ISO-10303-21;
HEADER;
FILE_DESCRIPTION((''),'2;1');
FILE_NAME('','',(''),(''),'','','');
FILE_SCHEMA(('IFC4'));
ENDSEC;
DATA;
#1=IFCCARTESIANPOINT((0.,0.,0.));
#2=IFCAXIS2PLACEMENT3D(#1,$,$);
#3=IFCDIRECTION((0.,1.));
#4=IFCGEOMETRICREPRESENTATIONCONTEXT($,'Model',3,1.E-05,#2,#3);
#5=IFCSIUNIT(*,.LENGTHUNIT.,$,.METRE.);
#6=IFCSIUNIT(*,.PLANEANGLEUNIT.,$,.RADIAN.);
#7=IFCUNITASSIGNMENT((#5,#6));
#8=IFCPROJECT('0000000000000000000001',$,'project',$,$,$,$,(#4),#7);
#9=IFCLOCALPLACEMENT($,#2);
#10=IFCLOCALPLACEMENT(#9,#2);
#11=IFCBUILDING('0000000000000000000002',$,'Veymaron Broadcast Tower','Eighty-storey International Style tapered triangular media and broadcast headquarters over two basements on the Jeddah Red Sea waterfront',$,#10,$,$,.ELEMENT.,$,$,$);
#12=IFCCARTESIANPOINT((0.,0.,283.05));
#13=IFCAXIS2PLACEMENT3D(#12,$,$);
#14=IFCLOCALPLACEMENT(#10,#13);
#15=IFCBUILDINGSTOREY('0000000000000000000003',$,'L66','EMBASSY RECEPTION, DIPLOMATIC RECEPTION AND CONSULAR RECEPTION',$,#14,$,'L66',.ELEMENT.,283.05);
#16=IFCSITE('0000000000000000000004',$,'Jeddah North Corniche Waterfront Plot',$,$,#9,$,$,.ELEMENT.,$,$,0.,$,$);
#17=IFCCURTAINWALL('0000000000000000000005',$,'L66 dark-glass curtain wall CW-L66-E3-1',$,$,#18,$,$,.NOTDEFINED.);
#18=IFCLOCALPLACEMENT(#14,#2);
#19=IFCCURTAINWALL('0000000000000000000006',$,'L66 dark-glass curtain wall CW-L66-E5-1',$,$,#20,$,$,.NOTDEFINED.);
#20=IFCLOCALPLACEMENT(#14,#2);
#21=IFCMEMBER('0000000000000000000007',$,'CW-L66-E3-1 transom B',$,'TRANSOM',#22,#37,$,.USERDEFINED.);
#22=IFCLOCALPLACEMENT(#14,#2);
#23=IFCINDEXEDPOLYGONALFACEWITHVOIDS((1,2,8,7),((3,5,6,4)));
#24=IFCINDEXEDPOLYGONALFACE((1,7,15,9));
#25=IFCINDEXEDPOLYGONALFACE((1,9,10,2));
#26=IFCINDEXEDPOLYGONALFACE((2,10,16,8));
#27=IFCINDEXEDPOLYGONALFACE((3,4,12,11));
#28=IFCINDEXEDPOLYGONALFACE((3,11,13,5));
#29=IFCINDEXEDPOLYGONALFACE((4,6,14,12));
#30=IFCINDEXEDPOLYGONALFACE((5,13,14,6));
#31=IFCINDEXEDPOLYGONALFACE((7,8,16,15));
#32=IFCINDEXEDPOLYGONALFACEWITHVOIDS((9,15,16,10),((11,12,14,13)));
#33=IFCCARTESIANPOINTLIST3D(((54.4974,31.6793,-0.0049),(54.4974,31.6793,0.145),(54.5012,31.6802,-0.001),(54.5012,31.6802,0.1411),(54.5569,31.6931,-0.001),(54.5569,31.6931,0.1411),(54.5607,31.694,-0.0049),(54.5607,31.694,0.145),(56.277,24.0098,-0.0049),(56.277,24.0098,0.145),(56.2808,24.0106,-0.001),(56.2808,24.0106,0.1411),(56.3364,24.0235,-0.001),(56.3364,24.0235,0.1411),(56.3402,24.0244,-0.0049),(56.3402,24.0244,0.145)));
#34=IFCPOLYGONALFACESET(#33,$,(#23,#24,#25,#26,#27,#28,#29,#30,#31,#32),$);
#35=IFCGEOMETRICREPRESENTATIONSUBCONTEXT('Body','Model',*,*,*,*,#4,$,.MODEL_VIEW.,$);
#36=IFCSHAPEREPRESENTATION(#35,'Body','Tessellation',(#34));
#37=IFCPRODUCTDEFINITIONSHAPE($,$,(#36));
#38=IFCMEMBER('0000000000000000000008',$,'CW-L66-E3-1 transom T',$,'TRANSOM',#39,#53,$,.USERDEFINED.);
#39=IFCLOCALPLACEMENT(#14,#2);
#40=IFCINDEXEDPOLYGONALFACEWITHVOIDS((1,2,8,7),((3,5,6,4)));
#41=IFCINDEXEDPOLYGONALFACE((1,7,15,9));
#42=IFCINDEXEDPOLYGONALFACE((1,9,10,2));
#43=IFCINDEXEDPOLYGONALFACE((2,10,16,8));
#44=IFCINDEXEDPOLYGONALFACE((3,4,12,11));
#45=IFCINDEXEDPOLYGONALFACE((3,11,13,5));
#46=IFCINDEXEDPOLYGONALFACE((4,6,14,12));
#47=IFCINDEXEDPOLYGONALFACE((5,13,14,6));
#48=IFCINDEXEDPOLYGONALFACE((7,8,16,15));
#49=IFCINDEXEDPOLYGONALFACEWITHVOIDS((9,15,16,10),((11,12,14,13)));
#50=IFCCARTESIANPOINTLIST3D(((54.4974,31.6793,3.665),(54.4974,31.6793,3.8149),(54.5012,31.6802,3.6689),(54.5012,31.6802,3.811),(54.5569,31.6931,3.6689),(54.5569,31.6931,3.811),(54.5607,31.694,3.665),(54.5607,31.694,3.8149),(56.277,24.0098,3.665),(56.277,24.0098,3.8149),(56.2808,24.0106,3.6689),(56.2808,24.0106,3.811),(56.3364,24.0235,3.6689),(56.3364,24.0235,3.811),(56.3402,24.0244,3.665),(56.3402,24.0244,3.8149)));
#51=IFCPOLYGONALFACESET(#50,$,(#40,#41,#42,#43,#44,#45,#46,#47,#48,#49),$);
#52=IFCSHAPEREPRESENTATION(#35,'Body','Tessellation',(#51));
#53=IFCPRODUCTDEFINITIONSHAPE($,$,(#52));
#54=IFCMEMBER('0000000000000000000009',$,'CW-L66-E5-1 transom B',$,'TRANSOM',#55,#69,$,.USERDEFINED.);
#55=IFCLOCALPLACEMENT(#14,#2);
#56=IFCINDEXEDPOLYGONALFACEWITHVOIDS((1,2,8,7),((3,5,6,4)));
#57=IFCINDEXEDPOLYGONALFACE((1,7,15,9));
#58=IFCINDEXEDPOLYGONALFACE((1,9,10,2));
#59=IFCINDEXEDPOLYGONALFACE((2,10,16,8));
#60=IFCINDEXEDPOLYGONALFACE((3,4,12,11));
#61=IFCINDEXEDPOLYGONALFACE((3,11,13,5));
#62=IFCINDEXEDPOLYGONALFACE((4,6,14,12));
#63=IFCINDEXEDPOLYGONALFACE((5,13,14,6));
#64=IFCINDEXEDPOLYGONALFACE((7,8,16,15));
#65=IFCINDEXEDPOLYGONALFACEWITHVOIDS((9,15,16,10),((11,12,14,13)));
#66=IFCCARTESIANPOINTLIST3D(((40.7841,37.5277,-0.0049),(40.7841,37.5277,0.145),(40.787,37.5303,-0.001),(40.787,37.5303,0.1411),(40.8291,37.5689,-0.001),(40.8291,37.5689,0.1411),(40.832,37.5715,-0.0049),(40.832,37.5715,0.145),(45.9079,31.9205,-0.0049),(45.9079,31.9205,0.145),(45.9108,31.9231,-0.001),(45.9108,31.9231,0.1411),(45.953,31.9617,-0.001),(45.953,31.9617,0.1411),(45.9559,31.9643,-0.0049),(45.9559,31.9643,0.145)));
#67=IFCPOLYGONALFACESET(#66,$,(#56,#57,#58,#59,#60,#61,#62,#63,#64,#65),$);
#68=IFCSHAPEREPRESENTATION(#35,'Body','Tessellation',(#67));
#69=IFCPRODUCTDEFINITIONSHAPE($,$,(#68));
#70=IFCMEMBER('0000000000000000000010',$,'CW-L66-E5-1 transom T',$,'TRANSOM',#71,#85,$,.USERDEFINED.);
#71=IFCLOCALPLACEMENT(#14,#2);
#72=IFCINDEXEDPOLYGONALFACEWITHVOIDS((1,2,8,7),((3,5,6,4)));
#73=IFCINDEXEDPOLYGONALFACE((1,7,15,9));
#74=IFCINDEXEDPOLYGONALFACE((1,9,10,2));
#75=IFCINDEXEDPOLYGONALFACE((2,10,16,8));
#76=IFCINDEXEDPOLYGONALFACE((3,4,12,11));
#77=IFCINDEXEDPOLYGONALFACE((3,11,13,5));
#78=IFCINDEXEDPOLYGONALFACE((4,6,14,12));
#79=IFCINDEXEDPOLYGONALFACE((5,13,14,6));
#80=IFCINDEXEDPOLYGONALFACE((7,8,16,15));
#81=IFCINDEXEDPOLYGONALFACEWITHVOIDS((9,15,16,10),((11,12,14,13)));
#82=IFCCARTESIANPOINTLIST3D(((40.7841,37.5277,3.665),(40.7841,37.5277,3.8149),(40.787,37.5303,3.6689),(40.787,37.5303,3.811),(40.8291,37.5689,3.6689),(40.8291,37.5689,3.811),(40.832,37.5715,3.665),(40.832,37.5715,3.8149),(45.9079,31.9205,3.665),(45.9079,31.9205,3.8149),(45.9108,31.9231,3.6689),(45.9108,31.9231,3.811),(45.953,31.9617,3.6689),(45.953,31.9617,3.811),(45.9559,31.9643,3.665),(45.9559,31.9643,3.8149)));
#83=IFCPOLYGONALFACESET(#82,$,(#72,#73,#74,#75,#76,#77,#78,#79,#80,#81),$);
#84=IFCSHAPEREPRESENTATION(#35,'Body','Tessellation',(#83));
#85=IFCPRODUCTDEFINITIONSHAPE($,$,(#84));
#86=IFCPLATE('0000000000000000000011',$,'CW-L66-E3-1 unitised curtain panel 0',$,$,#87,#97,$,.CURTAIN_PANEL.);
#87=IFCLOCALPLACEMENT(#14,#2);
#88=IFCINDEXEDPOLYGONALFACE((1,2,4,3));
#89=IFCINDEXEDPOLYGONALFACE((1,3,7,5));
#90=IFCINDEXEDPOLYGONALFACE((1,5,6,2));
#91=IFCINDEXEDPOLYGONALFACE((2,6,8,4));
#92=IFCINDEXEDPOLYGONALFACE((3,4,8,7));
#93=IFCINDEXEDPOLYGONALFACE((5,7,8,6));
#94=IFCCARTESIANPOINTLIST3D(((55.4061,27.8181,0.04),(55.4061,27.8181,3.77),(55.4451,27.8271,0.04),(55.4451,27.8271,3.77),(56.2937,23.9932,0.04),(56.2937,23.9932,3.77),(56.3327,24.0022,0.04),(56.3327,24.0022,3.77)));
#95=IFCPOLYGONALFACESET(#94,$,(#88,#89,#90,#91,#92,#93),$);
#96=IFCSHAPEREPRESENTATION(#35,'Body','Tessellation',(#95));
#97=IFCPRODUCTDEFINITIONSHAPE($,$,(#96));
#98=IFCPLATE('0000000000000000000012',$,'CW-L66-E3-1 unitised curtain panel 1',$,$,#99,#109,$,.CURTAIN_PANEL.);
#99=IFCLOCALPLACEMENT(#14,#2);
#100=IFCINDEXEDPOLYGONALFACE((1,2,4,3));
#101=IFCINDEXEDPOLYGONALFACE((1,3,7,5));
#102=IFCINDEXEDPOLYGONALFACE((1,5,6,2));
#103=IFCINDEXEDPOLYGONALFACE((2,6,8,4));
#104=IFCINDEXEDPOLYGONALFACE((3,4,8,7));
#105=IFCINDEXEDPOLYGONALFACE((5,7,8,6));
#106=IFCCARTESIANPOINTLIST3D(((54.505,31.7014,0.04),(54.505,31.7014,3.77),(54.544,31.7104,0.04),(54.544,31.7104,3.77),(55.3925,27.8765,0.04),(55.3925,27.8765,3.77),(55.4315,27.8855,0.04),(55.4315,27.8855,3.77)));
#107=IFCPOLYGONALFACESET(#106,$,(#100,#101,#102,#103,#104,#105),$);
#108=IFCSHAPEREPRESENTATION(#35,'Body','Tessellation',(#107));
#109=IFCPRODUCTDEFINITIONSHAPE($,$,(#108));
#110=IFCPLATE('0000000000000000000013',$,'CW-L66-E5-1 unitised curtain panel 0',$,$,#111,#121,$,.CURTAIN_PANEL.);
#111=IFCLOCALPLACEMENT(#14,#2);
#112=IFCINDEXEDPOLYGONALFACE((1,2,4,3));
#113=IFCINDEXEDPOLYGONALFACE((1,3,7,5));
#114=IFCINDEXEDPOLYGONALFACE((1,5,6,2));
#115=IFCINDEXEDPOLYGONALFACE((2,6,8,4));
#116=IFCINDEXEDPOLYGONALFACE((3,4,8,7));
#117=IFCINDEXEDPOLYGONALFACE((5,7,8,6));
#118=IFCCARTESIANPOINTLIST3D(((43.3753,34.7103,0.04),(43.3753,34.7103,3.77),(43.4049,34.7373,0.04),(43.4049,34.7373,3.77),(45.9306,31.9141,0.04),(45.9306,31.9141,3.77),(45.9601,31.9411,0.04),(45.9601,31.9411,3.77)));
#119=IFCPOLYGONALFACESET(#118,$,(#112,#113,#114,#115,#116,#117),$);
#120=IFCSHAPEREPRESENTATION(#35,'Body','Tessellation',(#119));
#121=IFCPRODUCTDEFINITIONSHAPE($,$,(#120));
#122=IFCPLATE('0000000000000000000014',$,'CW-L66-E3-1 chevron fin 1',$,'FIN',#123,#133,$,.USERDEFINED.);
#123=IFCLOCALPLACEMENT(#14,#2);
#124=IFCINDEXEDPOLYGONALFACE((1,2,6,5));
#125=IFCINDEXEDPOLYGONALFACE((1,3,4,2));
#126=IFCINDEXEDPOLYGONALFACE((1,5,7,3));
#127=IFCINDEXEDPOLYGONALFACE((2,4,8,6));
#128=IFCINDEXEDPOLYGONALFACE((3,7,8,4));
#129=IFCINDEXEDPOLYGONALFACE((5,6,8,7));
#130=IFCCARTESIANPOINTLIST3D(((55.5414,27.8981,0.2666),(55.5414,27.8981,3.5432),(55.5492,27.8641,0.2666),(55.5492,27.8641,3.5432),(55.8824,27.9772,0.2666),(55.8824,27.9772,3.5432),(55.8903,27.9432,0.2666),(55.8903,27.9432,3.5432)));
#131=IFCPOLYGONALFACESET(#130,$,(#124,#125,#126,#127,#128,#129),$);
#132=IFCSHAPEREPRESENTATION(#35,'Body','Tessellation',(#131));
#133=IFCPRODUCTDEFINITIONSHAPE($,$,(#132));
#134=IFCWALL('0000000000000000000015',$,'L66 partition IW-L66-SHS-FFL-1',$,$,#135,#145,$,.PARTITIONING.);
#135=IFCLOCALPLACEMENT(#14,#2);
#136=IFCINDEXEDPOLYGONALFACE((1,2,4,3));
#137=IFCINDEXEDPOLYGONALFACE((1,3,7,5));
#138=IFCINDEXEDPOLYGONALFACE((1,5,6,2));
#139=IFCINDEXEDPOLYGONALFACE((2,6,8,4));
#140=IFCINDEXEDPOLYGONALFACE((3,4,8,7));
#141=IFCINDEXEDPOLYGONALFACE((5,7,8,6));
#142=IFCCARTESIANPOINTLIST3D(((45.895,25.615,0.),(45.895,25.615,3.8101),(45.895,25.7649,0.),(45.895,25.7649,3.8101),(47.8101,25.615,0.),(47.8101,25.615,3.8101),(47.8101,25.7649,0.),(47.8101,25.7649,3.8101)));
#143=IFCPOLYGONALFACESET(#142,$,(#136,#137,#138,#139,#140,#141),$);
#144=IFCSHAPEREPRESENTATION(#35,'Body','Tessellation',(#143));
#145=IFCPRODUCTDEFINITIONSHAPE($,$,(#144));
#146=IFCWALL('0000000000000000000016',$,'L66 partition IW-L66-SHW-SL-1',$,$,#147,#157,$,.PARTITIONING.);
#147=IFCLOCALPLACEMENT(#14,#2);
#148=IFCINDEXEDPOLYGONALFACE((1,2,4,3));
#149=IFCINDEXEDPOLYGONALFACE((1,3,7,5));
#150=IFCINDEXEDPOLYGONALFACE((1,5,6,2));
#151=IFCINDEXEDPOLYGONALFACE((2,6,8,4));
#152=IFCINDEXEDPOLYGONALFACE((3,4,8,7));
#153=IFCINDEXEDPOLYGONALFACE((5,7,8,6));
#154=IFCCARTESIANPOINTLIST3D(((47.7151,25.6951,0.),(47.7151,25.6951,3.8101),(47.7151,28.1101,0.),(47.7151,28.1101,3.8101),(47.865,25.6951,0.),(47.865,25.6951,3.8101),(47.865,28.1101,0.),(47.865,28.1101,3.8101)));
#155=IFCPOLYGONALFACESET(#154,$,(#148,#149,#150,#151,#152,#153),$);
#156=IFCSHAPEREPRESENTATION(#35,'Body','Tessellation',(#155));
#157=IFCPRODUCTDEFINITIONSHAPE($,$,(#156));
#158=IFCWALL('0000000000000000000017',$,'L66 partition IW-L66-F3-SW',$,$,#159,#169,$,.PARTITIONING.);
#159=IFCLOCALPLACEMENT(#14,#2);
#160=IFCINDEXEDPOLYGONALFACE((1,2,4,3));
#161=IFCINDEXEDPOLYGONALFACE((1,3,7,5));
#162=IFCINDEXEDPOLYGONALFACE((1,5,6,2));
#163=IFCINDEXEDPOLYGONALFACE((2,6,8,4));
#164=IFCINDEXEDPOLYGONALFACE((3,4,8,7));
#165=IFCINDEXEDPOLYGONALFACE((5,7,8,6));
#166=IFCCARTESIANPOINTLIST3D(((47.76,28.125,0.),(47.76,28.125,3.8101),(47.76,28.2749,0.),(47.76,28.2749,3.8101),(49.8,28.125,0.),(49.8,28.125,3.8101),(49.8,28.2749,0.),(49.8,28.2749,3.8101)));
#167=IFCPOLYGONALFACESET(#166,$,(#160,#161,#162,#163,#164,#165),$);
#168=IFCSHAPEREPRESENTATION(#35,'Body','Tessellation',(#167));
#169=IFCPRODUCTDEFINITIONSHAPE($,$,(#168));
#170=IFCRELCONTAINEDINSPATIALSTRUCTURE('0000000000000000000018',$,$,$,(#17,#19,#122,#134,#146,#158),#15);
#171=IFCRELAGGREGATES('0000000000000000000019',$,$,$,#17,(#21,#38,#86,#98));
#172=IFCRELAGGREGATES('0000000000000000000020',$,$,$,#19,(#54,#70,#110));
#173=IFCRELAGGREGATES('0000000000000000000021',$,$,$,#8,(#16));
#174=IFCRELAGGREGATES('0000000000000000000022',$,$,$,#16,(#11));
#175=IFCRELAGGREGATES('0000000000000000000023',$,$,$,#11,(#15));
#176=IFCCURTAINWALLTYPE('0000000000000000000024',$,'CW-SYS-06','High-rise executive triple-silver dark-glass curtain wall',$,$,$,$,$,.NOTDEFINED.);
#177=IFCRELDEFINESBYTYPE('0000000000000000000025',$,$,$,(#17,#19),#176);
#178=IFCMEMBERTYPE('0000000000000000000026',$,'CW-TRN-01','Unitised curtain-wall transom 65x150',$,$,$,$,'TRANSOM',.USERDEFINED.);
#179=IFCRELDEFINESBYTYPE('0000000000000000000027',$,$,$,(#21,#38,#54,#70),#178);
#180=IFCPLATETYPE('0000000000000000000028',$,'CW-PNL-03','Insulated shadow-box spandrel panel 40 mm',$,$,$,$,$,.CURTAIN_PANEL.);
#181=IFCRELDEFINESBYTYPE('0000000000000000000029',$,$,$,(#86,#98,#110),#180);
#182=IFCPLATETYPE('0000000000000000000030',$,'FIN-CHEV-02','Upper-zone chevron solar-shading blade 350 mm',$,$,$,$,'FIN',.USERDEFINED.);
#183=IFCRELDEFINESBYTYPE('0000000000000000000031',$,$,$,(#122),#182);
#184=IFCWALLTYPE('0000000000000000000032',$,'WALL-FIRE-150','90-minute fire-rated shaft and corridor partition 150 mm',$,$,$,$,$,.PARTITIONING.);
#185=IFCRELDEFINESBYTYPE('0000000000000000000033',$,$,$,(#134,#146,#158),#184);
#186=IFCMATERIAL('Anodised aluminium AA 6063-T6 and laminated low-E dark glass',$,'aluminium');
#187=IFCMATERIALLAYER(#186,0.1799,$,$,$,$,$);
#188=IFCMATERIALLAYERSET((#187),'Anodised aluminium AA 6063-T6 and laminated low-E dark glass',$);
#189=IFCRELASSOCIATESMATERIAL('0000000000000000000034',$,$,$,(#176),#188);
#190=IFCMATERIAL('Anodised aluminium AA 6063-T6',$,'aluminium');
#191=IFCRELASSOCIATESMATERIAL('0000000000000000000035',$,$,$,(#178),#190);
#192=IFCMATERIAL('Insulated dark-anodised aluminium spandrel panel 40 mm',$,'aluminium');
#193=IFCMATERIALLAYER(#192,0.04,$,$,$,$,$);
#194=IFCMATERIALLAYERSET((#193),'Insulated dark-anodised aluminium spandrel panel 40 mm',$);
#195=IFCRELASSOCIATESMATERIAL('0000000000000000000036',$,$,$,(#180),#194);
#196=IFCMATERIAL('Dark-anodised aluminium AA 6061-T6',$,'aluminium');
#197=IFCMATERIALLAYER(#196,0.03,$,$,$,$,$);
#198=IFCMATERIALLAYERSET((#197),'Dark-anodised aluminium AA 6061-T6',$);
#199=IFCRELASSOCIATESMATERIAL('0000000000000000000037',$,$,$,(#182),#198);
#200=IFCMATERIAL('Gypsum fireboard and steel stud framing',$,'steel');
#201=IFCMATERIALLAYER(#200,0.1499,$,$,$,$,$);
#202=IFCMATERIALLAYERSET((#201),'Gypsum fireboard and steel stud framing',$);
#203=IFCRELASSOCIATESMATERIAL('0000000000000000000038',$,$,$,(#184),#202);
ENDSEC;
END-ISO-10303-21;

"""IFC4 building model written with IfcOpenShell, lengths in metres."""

from ifc_helpers import new_model, si_unit, direction, frame, frame_2d, origin, origin_2d, place, context, subcontext, project, spatial, rectangle, hollow_rectangle, extrude, material, layer, layer_set, material_profile, profile_set, type_object, element, aggregate, save


model = new_model("IFC4")

# Units and contexts
model_context = context("Model", 3, precision=1e-05, world=origin(), true_north=direction((0.0, 1.0)))
body_context = subcontext(model_context, "Body", "Model", "MODEL_VIEW")
ifc_project = project(units=[si_unit("LENGTHUNIT", "METRE"), si_unit("PLANEANGLEUNIT", "RADIAN")], contexts=[model_context])

# Site, building, storey
site_placement = place(None, origin())
site = spatial("IfcSite", under=ifc_project, at=site_placement, Name="Jeddah North Corniche Waterfront Plot", CompositionType="ELEMENT", RefElevation=0.0)
building_placement = place(site_placement, origin())
building = spatial("IfcBuilding", under=site, at=building_placement, Name="Veymaron Broadcast Tower", Description="Eighty-storey International Style tapered triangular media and broadcast headquarters over two basements on the Jeddah Red Sea waterfront", CompositionType="ELEMENT")
storey_placement = place(building_placement, frame((0.0, 0.0, 283.05)))
storey = spatial("IfcBuildingStorey", under=building, at=storey_placement, Name="L66", Description="EMBASSY RECEPTION, DIPLOMATIC RECEPTION AND CONSULAR RECEPTION", LongName="L66", CompositionType="ELEMENT", Elevation=283.05)

# Shared definitions
ifc_material_1 = material(Name="Anodised aluminium AA 6063-T6 and laminated low-E dark glass", Category="aluminium")
ifc_layer_1 = layer(ifc_material_1, 0.1799)
ifc_layer_set_1 = layer_set([ifc_layer_1], Name="Anodised aluminium AA 6063-T6 and laminated low-E dark glass")
curtain_wall_type = type_object("IfcCurtainWallType", Name="CW-SYS-06", Description="High-rise executive triple-silver dark-glass curtain wall", PredefinedType="NOTDEFINED", material=ifc_layer_set_1)
ifc_material_2 = material(Name="Anodised aluminium AA 6063-T6", Category="aluminium")

# Curtain wall
curtain_wall_1_placement = place(storey_placement, origin())
curtain_wall_1 = element("IfcCurtainWall", 1, at=curtain_wall_1_placement, inside=storey, type_object=curtain_wall_type, Name="L66 dark-glass curtain wall CW-L66-E3-1", PredefinedType="NOTDEFINED")

# Curtain wall
curtain_wall_2_placement = place(storey_placement, origin())
curtain_wall_2 = element("IfcCurtainWall", 2, at=curtain_wall_2_placement, inside=storey, type_object=curtain_wall_type, Name="L66 dark-glass curtain wall CW-L66-E5-1", PredefinedType="NOTDEFINED")

# Members
ifc_material_profile_1 = material_profile(ifc_material_2, hollow_rectangle(XDim=0.0649, YDim=0.1499, WallThickness=0.0039, at=origin_2d()), Name="AL150X65X4")
ifc_profile_set_1 = profile_set([ifc_material_profile_1], Name="Anodised aluminium AA 6063-T6")
member_type_1 = type_object("IfcMemberType", Name="CW-TRN-01", Description="Unitised curtain-wall transom 65x150", ElementType="TRANSOM", PredefinedType="USERDEFINED", material=ifc_profile_set_1)
member_1_placement = place(storey_placement, frame((56.3086, 24.0171, 0.0701), z_axis=(-0.226026, 0.974121, 0.0), x_axis=(-0.974121, -0.226026, 0.0)))
member_1 = element("IfcMember", 3, at=member_1_placement, type_object=member_type_1, Name="CW-L66-E3-1 transom B", ObjectType="TRANSOM", PredefinedType="USERDEFINED", context=body_context, shape_type="SweptSolid", body=[
    extrude(hollow_rectangle(XDim=0.0649, YDim=0.1499, WallThickness=0.0039, at=origin_2d()), origin(), (0.0, 0.0, 1.0), 7.8733),
])
member_2_placement = place(storey_placement, frame((56.3086, 24.0171, 3.74), z_axis=(-0.226026, 0.974121, 0.0), x_axis=(-0.974121, -0.226026, 0.0)))
member_2 = element("IfcMember", 4, at=member_2_placement, type_object=member_type_1, Name="CW-L66-E3-1 transom T", ObjectType="TRANSOM", PredefinedType="USERDEFINED", context=body_context, shape_type="SweptSolid", body=[
    extrude(hollow_rectangle(XDim=0.0649, YDim=0.1499, WallThickness=0.0039, at=origin_2d()), origin(), (0.0, 0.0, 1.0), 7.8733),
])
member_3_placement = place(storey_placement, frame((45.9319, 31.9424, 0.0701), z_axis=(-0.67457, 0.738211, 0.0), x_axis=(-0.738211, -0.67457, 0.0)))
member_3 = element("IfcMember", 5, at=member_3_placement, type_object=member_type_1, Name="CW-L66-E5-1 transom B", ObjectType="TRANSOM", PredefinedType="USERDEFINED", context=body_context, shape_type="SweptSolid", body=[
    extrude(hollow_rectangle(XDim=0.0649, YDim=0.1499, WallThickness=0.0039, at=origin_2d()), origin(), (0.0, 0.0, 1.0), 7.5957),
])
member_4_placement = place(storey_placement, frame((45.9319, 31.9424, 3.74), z_axis=(-0.67457, 0.738211, 0.0), x_axis=(-0.738211, -0.67457, 0.0)))
member_4 = element("IfcMember", 6, at=member_4_placement, type_object=member_type_1, Name="CW-L66-E5-1 transom T", ObjectType="TRANSOM", PredefinedType="USERDEFINED", context=body_context, shape_type="SweptSolid", body=[
    extrude(hollow_rectangle(XDim=0.0649, YDim=0.1499, WallThickness=0.0039, at=origin_2d()), origin(), (0.0, 0.0, 1.0), 7.5957),
])

# Plates
ifc_material_3 = material(Name="Insulated dark-anodised aluminium spandrel panel 40 mm", Category="aluminium")
ifc_layer_2 = layer(ifc_material_3, 0.04)
ifc_layer_set_2 = layer_set([ifc_layer_2], Name="Insulated dark-anodised aluminium spandrel panel 40 mm")
plate_type_1 = type_object("IfcPlateType", Name="CW-PNL-03", Description="Insulated shadow-box spandrel panel 40 mm", PredefinedType="CURTAIN_PANEL", material=ifc_layer_set_2)
plate_1_placement = place(storey_placement, frame((55.8694, 25.9102, 0.04), z_axis=(0.0, 0.0, 1.0), x_axis=(-0.226039, 0.974118, 0.0)))
plate_1 = element("IfcPlate", 7, at=plate_1_placement, type_object=plate_type_1, Name="CW-L66-E3-1 unitised curtain panel 0", PredefinedType="CURTAIN_PANEL", context=body_context, shape_type="SweptSolid", body=[
    extrude(rectangle(XDim=3.9265, YDim=0.04, at=origin_2d()), origin(), (0.0, 0.0, 1.0), 3.73),
])
plate_2_placement = place(storey_placement, frame((54.9683, 29.7935, 0.04), z_axis=(0.0, 0.0, 1.0), x_axis=(-0.226039, 0.974118, 0.0)))
plate_2 = element("IfcPlate", 8, at=plate_2_placement, type_object=plate_type_1, Name="CW-L66-E3-1 unitised curtain panel 1", PredefinedType="CURTAIN_PANEL", context=body_context, shape_type="SweptSolid", body=[
    extrude(rectangle(XDim=3.9265, YDim=0.04, at=origin_2d()), origin(), (0.0, 0.0, 1.0), 3.73),
])
aggregate(curtain_wall_1, [member_1, member_2, plate_1, plate_2])
plate_3_placement = place(storey_placement, frame((44.6677, 33.3257, 0.04), z_axis=(0.0, 0.0, 1.0), x_axis=(-0.674586, 0.738196, 0.0)))
plate_3 = element("IfcPlate", 9, at=plate_3_placement, type_object=plate_type_1, Name="CW-L66-E5-1 unitised curtain panel 0", PredefinedType="CURTAIN_PANEL", context=body_context, shape_type="SweptSolid", body=[
    extrude(rectangle(XDim=3.7878, YDim=0.04, at=origin_2d()), origin(), (0.0, 0.0, 1.0), 3.73),
])
aggregate(curtain_wall_2, [member_3, member_4, plate_3])
ifc_material_4 = material(Name="Dark-anodised aluminium AA 6061-T6", Category="aluminium")
ifc_layer_3 = layer(ifc_material_4, 0.03)
ifc_layer_set_3 = layer_set([ifc_layer_3], Name="Dark-anodised aluminium AA 6061-T6")
plate_type_2 = type_object("IfcPlateType", Name="FIN-CHEV-02", Description="Upper-zone chevron solar-shading blade 350 mm", ElementType="FIN", PredefinedType="USERDEFINED", material=ifc_layer_set_3)
plate_4_placement = place(storey_placement, frame((55.7158, 27.9207, 0.2666), z_axis=(0.0, 0.0, 1.0), x_axis=(0.974118, 0.226039, 0.0)))
element("IfcPlate", 10, at=plate_4_placement, inside=storey, type_object=plate_type_2, Name="CW-L66-E3-1 chevron fin 1", ObjectType="FIN", PredefinedType="USERDEFINED", context=body_context, shape_type="SweptSolid", body=[
    extrude(rectangle(XDim=0.3501, YDim=0.0349, at=origin_2d()), origin(), (0.0, 0.0, 1.0), 3.2766),
])

# Shared definitions
ifc_material_5 = material(Name="Gypsum fireboard and steel stud framing", Category="steel")
ifc_layer_4 = layer(ifc_material_5, 0.1499)
ifc_layer_set_4 = layer_set([ifc_layer_4], Name="Gypsum fireboard and steel stud framing")
wall_type_1 = type_object("IfcWallType", Name="WALL-FIRE-150", Description="90-minute fire-rated shaft and corridor partition 150 mm", PredefinedType="PARTITIONING", material=ifc_layer_set_4)

# Wall
wall_1_placement = place(storey_placement, frame((45.895, 25.6899, 0.0), z_axis=(0.0, 0.0, 1.0), x_axis=(1.0, 0.0, 0.0)))
element("IfcWall", 11, at=wall_1_placement, inside=storey, type_object=wall_type_1, Name="L66 partition IW-L66-SHS-FFL-1", PredefinedType="PARTITIONING", context=body_context, shape_type="SweptSolid", body=[
    extrude(rectangle(XDim=1.915, YDim=0.1499, at=frame_2d((0.9575, 0.0))), origin(), (0.0, 0.0, 1.0), 3.8101),
])

# Walls
wall_2_placement = place(storey_placement, frame((47.79, 25.6951, 0.0), z_axis=(0.0, 0.0, 1.0), x_axis=(0.0, 1.0, 0.0)))
element("IfcWall", 12, at=wall_2_placement, inside=storey, type_object=wall_type_1, Name="L66 partition IW-L66-SHW-SL-1", PredefinedType="PARTITIONING", context=body_context, shape_type="SweptSolid", body=[
    extrude(rectangle(XDim=2.415, YDim=0.1499, at=frame_2d((1.2075, 0.0))), origin(), (0.0, 0.0, 1.0), 3.8101),
])
wall_3_placement = place(storey_placement, frame((47.76, 28.2, 0.0), z_axis=(0.0, 0.0, 1.0), x_axis=(1.0, 0.0, 0.0)))
element("IfcWall", 13, at=wall_3_placement, inside=storey, type_object=wall_type_1, Name="L66 partition IW-L66-F3-SW", PredefinedType="PARTITIONING", context=body_context, shape_type="SweptSolid", body=[
    extrude(rectangle(XDim=2.04, YDim=0.1499, at=frame_2d((1.02, 0.0))), origin(), (0.0, 0.0, 1.0), 3.8101),
])

save(model, "model.ifc")
